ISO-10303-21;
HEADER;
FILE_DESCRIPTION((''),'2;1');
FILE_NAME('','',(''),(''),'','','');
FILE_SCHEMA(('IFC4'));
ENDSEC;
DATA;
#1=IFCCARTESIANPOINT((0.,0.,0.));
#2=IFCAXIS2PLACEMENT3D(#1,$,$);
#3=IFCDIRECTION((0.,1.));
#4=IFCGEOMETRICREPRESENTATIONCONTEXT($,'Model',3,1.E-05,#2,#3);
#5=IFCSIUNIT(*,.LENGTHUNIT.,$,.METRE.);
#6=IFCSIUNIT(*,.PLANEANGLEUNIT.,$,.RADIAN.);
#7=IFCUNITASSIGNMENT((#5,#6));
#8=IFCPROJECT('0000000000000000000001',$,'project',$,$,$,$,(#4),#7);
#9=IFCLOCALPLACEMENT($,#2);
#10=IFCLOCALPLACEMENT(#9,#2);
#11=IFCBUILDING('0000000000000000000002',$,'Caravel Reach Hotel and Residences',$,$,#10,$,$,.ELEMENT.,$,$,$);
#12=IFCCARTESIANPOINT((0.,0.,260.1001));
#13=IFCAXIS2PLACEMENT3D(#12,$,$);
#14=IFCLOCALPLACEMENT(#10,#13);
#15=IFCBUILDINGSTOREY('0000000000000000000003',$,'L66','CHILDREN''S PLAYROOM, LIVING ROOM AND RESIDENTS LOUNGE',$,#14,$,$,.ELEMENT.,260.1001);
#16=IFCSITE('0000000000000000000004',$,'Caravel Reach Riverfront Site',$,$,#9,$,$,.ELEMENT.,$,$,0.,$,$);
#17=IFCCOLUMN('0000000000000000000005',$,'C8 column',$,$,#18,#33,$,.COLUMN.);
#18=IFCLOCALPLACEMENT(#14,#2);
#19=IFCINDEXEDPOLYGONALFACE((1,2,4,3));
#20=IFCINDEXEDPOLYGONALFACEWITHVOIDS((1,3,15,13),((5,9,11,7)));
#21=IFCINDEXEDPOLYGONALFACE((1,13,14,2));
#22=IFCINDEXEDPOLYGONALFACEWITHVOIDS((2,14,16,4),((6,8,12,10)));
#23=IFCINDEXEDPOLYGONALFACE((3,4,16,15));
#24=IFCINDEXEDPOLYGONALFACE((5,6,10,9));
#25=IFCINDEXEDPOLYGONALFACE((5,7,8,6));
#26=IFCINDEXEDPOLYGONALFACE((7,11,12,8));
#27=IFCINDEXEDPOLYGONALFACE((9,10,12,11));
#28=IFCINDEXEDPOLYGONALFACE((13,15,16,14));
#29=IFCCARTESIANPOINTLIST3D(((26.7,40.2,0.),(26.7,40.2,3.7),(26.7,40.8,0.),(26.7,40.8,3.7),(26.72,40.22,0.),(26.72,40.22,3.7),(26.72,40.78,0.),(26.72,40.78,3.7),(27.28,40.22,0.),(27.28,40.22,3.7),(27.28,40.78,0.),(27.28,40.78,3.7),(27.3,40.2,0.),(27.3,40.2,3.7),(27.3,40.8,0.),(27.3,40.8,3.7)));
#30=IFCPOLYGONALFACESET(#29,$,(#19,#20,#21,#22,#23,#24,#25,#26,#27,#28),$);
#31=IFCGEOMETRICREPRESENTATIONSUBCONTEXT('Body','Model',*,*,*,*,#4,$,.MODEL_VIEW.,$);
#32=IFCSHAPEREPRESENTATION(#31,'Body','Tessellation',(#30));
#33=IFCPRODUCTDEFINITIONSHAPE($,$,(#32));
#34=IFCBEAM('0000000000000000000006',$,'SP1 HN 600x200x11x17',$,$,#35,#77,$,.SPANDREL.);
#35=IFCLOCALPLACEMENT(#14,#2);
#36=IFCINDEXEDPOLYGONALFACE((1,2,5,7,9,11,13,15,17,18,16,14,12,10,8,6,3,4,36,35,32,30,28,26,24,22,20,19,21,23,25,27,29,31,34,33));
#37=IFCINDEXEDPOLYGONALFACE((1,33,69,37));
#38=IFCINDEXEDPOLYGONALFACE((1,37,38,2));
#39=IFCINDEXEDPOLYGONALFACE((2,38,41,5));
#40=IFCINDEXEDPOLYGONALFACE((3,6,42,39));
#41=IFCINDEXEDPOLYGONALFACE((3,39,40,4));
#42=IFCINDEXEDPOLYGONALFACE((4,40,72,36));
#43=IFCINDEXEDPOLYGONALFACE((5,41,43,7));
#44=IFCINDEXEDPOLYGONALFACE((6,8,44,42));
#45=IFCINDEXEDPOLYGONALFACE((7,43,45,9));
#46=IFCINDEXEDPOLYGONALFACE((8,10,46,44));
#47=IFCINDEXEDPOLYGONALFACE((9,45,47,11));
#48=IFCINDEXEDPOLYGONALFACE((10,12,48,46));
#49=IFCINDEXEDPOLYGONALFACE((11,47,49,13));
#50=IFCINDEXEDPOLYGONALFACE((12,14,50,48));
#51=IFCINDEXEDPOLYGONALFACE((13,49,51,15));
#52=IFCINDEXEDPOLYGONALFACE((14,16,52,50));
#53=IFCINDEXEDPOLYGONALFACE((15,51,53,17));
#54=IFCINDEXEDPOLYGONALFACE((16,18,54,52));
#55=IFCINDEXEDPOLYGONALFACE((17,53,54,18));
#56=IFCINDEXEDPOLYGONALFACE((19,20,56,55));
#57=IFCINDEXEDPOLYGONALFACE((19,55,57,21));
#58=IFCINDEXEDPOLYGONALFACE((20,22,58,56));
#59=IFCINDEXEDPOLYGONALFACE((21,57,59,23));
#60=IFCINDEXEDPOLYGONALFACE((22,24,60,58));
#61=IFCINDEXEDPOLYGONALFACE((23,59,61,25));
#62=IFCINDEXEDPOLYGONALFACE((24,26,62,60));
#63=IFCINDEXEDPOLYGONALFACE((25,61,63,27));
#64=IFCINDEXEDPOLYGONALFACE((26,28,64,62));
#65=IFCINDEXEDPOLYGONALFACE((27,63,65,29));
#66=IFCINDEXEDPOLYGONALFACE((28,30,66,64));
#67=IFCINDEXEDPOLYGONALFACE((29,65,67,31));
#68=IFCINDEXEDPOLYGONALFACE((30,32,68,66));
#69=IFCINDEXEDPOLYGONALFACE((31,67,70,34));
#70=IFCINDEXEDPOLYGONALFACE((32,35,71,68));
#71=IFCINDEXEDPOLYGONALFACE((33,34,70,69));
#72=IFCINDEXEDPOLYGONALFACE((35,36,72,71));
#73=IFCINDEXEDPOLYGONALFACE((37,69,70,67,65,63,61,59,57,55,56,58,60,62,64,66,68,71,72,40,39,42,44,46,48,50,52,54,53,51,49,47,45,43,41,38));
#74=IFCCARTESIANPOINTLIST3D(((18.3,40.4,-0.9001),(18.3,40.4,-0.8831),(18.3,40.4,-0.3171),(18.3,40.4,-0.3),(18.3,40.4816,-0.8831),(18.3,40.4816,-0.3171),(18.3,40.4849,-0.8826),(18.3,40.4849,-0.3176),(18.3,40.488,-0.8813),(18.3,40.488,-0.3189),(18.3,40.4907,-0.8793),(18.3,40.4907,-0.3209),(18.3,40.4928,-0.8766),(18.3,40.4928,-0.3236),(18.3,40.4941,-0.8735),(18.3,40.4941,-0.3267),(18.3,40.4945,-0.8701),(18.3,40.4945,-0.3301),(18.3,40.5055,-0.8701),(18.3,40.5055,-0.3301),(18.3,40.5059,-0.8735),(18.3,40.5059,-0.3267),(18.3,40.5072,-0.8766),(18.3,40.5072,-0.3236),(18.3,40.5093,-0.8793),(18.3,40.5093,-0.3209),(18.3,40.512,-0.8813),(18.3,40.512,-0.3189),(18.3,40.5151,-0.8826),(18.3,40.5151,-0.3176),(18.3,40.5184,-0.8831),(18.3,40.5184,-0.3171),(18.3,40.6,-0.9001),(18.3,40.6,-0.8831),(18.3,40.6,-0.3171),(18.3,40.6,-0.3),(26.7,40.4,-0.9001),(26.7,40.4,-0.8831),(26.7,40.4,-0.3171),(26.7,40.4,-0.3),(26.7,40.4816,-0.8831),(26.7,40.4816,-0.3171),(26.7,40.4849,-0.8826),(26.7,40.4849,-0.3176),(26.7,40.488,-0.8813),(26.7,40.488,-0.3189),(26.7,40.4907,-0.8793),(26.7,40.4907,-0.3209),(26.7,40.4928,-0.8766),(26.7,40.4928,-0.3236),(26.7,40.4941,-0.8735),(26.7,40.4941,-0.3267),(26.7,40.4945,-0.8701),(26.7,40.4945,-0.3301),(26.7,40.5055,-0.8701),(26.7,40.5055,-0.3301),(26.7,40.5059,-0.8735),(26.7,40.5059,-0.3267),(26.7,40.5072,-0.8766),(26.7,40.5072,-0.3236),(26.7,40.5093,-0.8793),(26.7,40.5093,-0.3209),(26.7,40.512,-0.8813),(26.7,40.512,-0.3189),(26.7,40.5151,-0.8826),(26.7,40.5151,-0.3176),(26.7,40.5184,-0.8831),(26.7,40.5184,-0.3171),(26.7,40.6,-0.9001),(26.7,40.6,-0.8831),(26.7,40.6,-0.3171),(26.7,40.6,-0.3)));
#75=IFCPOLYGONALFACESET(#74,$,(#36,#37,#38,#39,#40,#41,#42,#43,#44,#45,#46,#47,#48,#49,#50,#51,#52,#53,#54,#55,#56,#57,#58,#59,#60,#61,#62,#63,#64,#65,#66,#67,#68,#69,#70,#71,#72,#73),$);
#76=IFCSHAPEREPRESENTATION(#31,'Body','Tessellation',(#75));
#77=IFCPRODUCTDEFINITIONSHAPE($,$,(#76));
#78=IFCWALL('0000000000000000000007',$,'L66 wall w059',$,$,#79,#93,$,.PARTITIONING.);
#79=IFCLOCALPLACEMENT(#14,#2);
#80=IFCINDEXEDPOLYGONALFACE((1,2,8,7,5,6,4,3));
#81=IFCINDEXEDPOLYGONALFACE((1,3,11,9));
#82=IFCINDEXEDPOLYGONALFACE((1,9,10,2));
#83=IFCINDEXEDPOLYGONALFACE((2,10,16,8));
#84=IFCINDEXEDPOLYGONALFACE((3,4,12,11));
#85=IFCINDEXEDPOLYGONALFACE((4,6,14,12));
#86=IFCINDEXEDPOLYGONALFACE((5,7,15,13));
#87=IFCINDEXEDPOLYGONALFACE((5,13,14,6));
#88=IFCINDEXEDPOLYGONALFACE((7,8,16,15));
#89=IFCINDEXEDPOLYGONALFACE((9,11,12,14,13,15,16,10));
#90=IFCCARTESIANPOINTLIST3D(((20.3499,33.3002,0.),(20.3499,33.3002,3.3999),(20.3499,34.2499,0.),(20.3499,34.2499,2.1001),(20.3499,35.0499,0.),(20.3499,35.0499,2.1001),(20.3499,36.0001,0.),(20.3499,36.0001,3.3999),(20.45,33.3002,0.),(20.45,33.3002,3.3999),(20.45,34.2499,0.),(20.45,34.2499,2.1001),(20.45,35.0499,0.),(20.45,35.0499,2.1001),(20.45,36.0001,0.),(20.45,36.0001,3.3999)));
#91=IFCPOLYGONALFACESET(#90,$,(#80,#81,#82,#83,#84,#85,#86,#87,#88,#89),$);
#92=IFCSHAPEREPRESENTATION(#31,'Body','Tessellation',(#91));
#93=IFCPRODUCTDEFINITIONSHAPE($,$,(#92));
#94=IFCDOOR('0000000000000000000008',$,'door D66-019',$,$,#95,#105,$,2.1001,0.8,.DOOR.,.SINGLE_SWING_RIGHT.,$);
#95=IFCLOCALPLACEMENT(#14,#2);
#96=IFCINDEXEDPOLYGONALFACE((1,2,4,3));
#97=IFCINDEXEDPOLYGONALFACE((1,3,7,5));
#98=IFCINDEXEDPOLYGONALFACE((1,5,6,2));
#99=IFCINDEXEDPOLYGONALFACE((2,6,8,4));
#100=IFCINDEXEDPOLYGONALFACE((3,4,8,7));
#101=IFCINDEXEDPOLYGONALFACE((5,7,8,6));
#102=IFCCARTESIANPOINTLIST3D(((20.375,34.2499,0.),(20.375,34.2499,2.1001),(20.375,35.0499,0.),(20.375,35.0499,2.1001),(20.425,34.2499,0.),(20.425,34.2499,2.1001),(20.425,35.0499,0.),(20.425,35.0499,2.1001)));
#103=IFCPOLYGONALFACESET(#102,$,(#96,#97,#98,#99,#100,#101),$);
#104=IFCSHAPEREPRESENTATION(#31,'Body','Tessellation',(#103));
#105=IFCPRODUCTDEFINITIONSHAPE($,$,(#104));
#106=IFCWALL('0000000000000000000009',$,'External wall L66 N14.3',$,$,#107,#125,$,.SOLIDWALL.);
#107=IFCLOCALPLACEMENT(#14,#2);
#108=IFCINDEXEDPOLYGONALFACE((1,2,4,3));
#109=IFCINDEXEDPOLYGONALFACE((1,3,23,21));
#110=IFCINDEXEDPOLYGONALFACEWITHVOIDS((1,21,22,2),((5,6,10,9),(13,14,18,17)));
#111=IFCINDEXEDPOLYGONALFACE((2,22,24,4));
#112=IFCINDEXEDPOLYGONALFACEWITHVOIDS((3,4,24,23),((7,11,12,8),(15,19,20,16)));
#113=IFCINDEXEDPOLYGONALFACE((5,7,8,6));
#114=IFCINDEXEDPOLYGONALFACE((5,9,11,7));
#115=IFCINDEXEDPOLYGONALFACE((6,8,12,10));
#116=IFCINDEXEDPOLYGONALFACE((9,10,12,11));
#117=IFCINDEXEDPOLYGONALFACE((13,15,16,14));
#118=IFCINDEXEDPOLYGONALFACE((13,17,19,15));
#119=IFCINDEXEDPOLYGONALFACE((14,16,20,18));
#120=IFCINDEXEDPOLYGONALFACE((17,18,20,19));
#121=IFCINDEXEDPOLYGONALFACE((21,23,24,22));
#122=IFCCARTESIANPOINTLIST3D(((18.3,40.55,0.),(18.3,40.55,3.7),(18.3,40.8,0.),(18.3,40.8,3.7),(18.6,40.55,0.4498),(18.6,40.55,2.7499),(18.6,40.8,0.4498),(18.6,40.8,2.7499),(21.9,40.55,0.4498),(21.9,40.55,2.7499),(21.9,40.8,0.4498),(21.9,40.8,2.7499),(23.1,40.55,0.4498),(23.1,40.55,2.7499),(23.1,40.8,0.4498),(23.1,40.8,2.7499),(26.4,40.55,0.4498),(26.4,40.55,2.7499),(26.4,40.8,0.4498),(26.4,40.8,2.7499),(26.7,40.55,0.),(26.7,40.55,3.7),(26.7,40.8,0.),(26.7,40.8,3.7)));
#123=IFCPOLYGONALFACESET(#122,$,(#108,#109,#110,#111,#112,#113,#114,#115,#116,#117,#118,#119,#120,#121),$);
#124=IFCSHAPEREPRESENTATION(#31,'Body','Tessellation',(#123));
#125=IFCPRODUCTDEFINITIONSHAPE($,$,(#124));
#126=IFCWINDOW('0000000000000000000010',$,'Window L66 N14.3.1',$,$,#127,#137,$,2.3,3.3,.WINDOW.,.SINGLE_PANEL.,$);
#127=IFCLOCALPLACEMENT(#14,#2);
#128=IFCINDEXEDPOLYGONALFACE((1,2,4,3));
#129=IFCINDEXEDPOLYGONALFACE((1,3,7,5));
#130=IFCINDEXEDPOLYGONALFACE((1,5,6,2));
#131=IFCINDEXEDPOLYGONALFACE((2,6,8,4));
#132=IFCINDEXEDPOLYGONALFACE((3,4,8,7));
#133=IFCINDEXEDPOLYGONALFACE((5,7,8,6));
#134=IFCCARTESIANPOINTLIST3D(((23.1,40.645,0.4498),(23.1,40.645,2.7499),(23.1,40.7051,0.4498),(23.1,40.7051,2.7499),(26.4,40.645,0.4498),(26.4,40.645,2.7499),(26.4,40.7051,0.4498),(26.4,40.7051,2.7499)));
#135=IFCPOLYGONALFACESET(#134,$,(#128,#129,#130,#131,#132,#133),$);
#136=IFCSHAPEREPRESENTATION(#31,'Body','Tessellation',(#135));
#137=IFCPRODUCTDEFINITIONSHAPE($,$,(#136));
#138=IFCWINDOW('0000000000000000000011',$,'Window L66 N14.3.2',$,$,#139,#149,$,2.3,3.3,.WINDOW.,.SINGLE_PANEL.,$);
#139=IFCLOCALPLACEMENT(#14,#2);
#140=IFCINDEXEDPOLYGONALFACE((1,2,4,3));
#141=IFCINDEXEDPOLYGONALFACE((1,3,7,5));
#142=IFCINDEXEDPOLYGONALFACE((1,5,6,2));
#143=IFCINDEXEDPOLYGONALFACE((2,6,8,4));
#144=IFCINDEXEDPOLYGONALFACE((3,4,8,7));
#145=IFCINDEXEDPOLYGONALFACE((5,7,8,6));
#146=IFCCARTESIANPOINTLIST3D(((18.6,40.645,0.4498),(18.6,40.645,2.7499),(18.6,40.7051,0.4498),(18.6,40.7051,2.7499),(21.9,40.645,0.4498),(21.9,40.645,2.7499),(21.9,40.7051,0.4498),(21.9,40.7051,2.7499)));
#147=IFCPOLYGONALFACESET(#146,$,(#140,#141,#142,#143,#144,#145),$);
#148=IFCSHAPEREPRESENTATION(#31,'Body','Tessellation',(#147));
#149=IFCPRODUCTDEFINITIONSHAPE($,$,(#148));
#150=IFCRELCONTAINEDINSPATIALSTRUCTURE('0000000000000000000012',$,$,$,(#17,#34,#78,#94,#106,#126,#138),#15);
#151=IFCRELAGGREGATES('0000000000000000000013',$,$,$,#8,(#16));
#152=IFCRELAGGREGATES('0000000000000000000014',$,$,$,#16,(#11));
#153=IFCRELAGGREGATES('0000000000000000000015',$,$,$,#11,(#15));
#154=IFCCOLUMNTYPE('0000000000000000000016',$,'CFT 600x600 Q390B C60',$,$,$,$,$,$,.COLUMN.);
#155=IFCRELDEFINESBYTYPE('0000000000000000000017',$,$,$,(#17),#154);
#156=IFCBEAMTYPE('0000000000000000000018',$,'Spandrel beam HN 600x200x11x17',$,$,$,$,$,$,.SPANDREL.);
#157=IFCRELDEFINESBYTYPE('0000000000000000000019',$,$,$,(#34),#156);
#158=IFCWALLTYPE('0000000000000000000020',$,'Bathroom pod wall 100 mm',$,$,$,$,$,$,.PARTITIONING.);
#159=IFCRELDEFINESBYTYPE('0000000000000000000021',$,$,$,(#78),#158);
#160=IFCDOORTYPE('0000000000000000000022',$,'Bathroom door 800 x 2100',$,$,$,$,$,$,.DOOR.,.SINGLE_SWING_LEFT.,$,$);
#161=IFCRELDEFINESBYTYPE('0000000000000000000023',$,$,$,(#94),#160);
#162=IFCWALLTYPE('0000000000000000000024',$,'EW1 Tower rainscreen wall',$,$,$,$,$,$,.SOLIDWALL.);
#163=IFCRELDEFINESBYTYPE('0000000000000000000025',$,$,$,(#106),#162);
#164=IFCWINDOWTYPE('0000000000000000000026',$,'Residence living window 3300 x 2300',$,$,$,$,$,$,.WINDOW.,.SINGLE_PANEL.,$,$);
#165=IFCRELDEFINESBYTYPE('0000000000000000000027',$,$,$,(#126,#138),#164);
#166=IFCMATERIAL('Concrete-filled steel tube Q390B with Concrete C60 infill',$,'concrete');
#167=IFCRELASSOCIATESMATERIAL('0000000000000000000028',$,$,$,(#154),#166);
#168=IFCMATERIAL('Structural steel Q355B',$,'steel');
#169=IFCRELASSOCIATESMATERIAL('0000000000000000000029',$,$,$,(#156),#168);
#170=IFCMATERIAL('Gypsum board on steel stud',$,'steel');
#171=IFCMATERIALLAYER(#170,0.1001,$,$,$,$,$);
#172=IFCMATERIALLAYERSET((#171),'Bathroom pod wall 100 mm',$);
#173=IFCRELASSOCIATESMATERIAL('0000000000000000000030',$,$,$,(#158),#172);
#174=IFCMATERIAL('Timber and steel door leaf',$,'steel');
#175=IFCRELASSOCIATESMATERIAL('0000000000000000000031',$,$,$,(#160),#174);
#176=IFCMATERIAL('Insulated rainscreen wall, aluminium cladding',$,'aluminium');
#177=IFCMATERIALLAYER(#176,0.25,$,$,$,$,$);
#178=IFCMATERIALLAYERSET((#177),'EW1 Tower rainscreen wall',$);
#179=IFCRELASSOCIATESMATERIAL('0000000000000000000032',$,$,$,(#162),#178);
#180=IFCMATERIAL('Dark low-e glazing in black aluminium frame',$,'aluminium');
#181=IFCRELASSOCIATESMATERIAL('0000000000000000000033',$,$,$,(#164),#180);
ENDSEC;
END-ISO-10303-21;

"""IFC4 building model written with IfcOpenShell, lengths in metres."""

from ifc_helpers import new_model, si_unit, direction, frame, frame_2d, origin, origin_2d, place, context, subcontext, project, spatial, rectangle, hollow_rectangle, i_section, extrude, material, layer, layer_set, material_profile, profile_set, type_object, element, fill, save


model = new_model("IFC4")

# Units and contexts
model_context = context("Model", 3, precision=1e-05, world=origin(), true_north=direction((0.0, 1.0)))
body_context = subcontext(model_context, "Body", "Model", "MODEL_VIEW")
ifc_project = project(units=[si_unit("LENGTHUNIT", "METRE"), si_unit("PLANEANGLEUNIT", "RADIAN")], contexts=[model_context])

# Site, building, storey
site_placement = place(None, origin())
site = spatial("IfcSite", under=ifc_project, at=site_placement, Name="Caravel Reach Riverfront Site", CompositionType="ELEMENT", RefElevation=0.0)
building_placement = place(site_placement, origin())
building = spatial("IfcBuilding", under=site, at=building_placement, Name="Caravel Reach Hotel and Residences", CompositionType="ELEMENT")
storey_placement = place(building_placement, frame((0.0, 0.0, 260.1001)))
storey = spatial("IfcBuildingStorey", under=building, at=storey_placement, Name="L66", Description="CHILDREN'S PLAYROOM, LIVING ROOM AND RESIDENTS LOUNGE", CompositionType="ELEMENT", Elevation=260.1001)

# Column
ifc_material_1 = material(Name="Concrete-filled steel tube Q390B with Concrete C60 infill", Category="concrete")
ifc_material_profile_1 = material_profile(ifc_material_1, hollow_rectangle(XDim=0.6001, YDim=0.6001, WallThickness=0.02, at=origin_2d()), Name="RHS 600x600x20")
ifc_profile_set_1 = profile_set([ifc_material_profile_1], Name="Concrete-filled steel tube Q390B with Concrete C60 infill")
column_type = type_object("IfcColumnType", Name="CFT 600x600 Q390B C60", PredefinedType="COLUMN", material=ifc_profile_set_1)
column_placement = place(storey_placement, frame((27.0, 40.5, 0.0), z_axis=(0.0, 0.0, 1.0), x_axis=(1.0, 0.0, 0.0)))
element("IfcColumn", 1, at=column_placement, inside=storey, type_object=column_type, Name="C8 column", PredefinedType="COLUMN", context=body_context, shape_type="SweptSolid", body=[
    extrude(hollow_rectangle(XDim=0.6001, YDim=0.6001, WallThickness=0.02, at=origin_2d()), origin(), (0.0, 0.0, 1.0), 3.7),
])

# Beam
ifc_material_2 = material(Name="Structural steel Q355B", Category="steel")
ifc_material_profile_2 = material_profile(ifc_material_2, i_section(OverallWidth=0.2, OverallDepth=0.6001, WebThickness=0.011, FlangeThickness=0.0171, FilletRadius=0.0129, at=origin_2d()), Name="HN 600x200x11x17")
ifc_profile_set_2 = profile_set([ifc_material_profile_2], Name="Structural steel Q355B")
beam_type = type_object("IfcBeamType", Name="Spandrel beam HN 600x200x11x17", PredefinedType="SPANDREL", material=ifc_profile_set_2)
beam_placement = place(storey_placement, frame((26.7, 40.5, -0.6001), z_axis=(-1.0, 0.0, 0.0), x_axis=(0.0, -1.0, 0.0)))
element("IfcBeam", 2, at=beam_placement, inside=storey, type_object=beam_type, Name="SP1 HN 600x200x11x17", PredefinedType="SPANDREL", context=body_context, shape_type="SweptSolid", body=[
    extrude(i_section(OverallWidth=0.2, OverallDepth=0.6001, WebThickness=0.011, FlangeThickness=0.0171, FilletRadius=0.0129, at=origin_2d()), origin(), (0.0, 0.0, 1.0), 8.3999),
])

# Wall, opening, door
ifc_material_3 = material(Name="Gypsum board on steel stud", Category="steel")
ifc_layer_1 = layer(ifc_material_3, 0.1001)
ifc_layer_set_1 = layer_set([ifc_layer_1], Name="Bathroom pod wall 100 mm")
wall_type_1 = type_object("IfcWallType", Name="Bathroom pod wall 100 mm", PredefinedType="PARTITIONING", material=ifc_layer_set_1)
wall_1_placement = place(storey_placement, frame((20.3999, 33.3, 0.0), z_axis=(0.0, 0.0, 1.0), x_axis=(0.0, 1.0, 0.0)))
wall_1 = element("IfcWall", 3, at=wall_1_placement, inside=storey, type_object=wall_type_1, Name="L66 wall w059", PredefinedType="PARTITIONING", context=body_context, shape_type="SweptSolid", body=[
    extrude(rectangle(XDim=2.7, YDim=0.1001, at=frame_2d((1.3501, 0.0))), origin(), (0.0, 0.0, 1.0), 3.3999),
])
opening_1_placement = place(wall_1_placement, frame((0.95, 0.0, 0.0)))
opening_1 = element("IfcOpeningElement", 4, at=opening_1_placement, cuts=wall_1, PredefinedType="OPENING", context=body_context, shape_type="SweptSolid", body=[
    extrude(rectangle(XDim=0.8, YDim=2.1001, at=frame_2d((0.3999, 1.05))), frame((0.0, 0.0601, 0.0), z_axis=(0.0, -1.0, 0.0), x_axis=(1.0, 0.0, 0.0)), (0.0, 0.0, 1.0), 0.1201),
])
ifc_material_4 = material(Name="Timber and steel door leaf", Category="steel")
door_type_1 = type_object("IfcDoorType", Name="Bathroom door 800 x 2100", OperationType="SINGLE_SWING_LEFT", PredefinedType="DOOR", material=ifc_material_4)
door_1_placement = place(opening_1_placement, origin())
door_1 = element("IfcDoor", 5, at=door_1_placement, inside=storey, type_object=door_type_1, Name="door D66-019", OperationType="SINGLE_SWING_RIGHT", OverallHeight=2.1001, OverallWidth=0.8, PredefinedType="DOOR", context=body_context, shape_type="SweptSolid", body=[
    extrude(rectangle(XDim=0.8, YDim=2.1001, at=frame_2d((0.3999, 1.05))), frame((0.0, 0.0249, 0.0), z_axis=(0.0, -1.0, 0.0), x_axis=(1.0, 0.0, 0.0)), (0.0, 0.0, 1.0), 0.05),
])
fill(opening_1, door_1)

# Wall, openings, windows
ifc_material_5 = material(Name="Insulated rainscreen wall, aluminium cladding", Category="aluminium")
ifc_layer_2 = layer(ifc_material_5, 0.25)
ifc_layer_set_2 = layer_set([ifc_layer_2], Name="EW1 Tower rainscreen wall")
wall_type_2 = type_object("IfcWallType", Name="EW1 Tower rainscreen wall", PredefinedType="SOLIDWALL", material=ifc_layer_set_2)
wall_2_placement = place(storey_placement, frame((26.7, 40.675, 0.0), z_axis=(0.0, 0.0, 1.0), x_axis=(-1.0, 0.0, 0.0)))
wall_2 = element("IfcWall", 6, at=wall_2_placement, inside=storey, type_object=wall_type_2, Name="External wall L66 N14.3", PredefinedType="SOLIDWALL", context=body_context, shape_type="SweptSolid", body=[
    extrude(rectangle(XDim=8.3999, YDim=0.25, at=frame_2d((4.2, 0.0))), origin(), (0.0, 0.0, 1.0), 3.7),
])
opening_2_placement = place(wall_2_placement, frame((0.3, 0.0, 0.45)))
opening_2 = element("IfcOpeningElement", 7, at=opening_2_placement, cuts=wall_2, PredefinedType="OPENING", context=body_context, shape_type="SweptSolid", body=[
    extrude(rectangle(XDim=3.3, YDim=2.3, at=frame_2d((1.6499, 1.1499))), frame((0.0, 0.135, 0.0), z_axis=(0.0, -1.0, 0.0), x_axis=(1.0, 0.0, 0.0)), (0.0, 0.0, 1.0), 0.27),
])
opening_3_placement = place(wall_2_placement, frame((4.8, 0.0, 0.45)))
opening_3 = element("IfcOpeningElement", 8, at=opening_3_placement, cuts=wall_2, PredefinedType="OPENING", context=body_context, shape_type="SweptSolid", body=[
    extrude(rectangle(XDim=3.3, YDim=2.3, at=frame_2d((1.6499, 1.1499))), frame((0.0, 0.135, 0.0), z_axis=(0.0, -1.0, 0.0), x_axis=(1.0, 0.0, 0.0)), (0.0, 0.0, 1.0), 0.27),
])
ifc_material_6 = material(Name="Dark low-e glazing in black aluminium frame", Category="aluminium")
window_type = type_object("IfcWindowType", Name="Residence living window 3300 x 2300", PartitioningType="SINGLE_PANEL", PredefinedType="WINDOW", material=ifc_material_6)
window_1_placement = place(opening_2_placement, origin())
window_1 = element("IfcWindow", 9, at=window_1_placement, inside=storey, type_object=window_type, Name="Window L66 N14.3.1", OverallHeight=2.3, OverallWidth=3.3, PartitioningType="SINGLE_PANEL", PredefinedType="WINDOW", context=body_context, shape_type="SweptSolid", body=[
    extrude(rectangle(XDim=3.3, YDim=2.3, at=frame_2d((1.6499, 1.1499))), frame((0.0, 0.03, 0.0), z_axis=(0.0, -1.0, 0.0), x_axis=(1.0, 0.0, 0.0)), (0.0, 0.0, 1.0), 0.0601),
])
fill(opening_2, window_1)
window_2_placement = place(opening_3_placement, origin())
window_2 = element("IfcWindow", 10, at=window_2_placement, inside=storey, type_object=window_type, Name="Window L66 N14.3.2", OverallHeight=2.3, OverallWidth=3.3, PartitioningType="SINGLE_PANEL", PredefinedType="WINDOW", context=body_context, shape_type="SweptSolid", body=[
    extrude(rectangle(XDim=3.3, YDim=2.3, at=frame_2d((1.6499, 1.1499))), frame((0.0, 0.03, 0.0), z_axis=(0.0, -1.0, 0.0), x_axis=(1.0, 0.0, 0.0)), (0.0, 0.0, 1.0), 0.0601),
])
fill(opening_3, window_2)

save(model, "model.ifc")
